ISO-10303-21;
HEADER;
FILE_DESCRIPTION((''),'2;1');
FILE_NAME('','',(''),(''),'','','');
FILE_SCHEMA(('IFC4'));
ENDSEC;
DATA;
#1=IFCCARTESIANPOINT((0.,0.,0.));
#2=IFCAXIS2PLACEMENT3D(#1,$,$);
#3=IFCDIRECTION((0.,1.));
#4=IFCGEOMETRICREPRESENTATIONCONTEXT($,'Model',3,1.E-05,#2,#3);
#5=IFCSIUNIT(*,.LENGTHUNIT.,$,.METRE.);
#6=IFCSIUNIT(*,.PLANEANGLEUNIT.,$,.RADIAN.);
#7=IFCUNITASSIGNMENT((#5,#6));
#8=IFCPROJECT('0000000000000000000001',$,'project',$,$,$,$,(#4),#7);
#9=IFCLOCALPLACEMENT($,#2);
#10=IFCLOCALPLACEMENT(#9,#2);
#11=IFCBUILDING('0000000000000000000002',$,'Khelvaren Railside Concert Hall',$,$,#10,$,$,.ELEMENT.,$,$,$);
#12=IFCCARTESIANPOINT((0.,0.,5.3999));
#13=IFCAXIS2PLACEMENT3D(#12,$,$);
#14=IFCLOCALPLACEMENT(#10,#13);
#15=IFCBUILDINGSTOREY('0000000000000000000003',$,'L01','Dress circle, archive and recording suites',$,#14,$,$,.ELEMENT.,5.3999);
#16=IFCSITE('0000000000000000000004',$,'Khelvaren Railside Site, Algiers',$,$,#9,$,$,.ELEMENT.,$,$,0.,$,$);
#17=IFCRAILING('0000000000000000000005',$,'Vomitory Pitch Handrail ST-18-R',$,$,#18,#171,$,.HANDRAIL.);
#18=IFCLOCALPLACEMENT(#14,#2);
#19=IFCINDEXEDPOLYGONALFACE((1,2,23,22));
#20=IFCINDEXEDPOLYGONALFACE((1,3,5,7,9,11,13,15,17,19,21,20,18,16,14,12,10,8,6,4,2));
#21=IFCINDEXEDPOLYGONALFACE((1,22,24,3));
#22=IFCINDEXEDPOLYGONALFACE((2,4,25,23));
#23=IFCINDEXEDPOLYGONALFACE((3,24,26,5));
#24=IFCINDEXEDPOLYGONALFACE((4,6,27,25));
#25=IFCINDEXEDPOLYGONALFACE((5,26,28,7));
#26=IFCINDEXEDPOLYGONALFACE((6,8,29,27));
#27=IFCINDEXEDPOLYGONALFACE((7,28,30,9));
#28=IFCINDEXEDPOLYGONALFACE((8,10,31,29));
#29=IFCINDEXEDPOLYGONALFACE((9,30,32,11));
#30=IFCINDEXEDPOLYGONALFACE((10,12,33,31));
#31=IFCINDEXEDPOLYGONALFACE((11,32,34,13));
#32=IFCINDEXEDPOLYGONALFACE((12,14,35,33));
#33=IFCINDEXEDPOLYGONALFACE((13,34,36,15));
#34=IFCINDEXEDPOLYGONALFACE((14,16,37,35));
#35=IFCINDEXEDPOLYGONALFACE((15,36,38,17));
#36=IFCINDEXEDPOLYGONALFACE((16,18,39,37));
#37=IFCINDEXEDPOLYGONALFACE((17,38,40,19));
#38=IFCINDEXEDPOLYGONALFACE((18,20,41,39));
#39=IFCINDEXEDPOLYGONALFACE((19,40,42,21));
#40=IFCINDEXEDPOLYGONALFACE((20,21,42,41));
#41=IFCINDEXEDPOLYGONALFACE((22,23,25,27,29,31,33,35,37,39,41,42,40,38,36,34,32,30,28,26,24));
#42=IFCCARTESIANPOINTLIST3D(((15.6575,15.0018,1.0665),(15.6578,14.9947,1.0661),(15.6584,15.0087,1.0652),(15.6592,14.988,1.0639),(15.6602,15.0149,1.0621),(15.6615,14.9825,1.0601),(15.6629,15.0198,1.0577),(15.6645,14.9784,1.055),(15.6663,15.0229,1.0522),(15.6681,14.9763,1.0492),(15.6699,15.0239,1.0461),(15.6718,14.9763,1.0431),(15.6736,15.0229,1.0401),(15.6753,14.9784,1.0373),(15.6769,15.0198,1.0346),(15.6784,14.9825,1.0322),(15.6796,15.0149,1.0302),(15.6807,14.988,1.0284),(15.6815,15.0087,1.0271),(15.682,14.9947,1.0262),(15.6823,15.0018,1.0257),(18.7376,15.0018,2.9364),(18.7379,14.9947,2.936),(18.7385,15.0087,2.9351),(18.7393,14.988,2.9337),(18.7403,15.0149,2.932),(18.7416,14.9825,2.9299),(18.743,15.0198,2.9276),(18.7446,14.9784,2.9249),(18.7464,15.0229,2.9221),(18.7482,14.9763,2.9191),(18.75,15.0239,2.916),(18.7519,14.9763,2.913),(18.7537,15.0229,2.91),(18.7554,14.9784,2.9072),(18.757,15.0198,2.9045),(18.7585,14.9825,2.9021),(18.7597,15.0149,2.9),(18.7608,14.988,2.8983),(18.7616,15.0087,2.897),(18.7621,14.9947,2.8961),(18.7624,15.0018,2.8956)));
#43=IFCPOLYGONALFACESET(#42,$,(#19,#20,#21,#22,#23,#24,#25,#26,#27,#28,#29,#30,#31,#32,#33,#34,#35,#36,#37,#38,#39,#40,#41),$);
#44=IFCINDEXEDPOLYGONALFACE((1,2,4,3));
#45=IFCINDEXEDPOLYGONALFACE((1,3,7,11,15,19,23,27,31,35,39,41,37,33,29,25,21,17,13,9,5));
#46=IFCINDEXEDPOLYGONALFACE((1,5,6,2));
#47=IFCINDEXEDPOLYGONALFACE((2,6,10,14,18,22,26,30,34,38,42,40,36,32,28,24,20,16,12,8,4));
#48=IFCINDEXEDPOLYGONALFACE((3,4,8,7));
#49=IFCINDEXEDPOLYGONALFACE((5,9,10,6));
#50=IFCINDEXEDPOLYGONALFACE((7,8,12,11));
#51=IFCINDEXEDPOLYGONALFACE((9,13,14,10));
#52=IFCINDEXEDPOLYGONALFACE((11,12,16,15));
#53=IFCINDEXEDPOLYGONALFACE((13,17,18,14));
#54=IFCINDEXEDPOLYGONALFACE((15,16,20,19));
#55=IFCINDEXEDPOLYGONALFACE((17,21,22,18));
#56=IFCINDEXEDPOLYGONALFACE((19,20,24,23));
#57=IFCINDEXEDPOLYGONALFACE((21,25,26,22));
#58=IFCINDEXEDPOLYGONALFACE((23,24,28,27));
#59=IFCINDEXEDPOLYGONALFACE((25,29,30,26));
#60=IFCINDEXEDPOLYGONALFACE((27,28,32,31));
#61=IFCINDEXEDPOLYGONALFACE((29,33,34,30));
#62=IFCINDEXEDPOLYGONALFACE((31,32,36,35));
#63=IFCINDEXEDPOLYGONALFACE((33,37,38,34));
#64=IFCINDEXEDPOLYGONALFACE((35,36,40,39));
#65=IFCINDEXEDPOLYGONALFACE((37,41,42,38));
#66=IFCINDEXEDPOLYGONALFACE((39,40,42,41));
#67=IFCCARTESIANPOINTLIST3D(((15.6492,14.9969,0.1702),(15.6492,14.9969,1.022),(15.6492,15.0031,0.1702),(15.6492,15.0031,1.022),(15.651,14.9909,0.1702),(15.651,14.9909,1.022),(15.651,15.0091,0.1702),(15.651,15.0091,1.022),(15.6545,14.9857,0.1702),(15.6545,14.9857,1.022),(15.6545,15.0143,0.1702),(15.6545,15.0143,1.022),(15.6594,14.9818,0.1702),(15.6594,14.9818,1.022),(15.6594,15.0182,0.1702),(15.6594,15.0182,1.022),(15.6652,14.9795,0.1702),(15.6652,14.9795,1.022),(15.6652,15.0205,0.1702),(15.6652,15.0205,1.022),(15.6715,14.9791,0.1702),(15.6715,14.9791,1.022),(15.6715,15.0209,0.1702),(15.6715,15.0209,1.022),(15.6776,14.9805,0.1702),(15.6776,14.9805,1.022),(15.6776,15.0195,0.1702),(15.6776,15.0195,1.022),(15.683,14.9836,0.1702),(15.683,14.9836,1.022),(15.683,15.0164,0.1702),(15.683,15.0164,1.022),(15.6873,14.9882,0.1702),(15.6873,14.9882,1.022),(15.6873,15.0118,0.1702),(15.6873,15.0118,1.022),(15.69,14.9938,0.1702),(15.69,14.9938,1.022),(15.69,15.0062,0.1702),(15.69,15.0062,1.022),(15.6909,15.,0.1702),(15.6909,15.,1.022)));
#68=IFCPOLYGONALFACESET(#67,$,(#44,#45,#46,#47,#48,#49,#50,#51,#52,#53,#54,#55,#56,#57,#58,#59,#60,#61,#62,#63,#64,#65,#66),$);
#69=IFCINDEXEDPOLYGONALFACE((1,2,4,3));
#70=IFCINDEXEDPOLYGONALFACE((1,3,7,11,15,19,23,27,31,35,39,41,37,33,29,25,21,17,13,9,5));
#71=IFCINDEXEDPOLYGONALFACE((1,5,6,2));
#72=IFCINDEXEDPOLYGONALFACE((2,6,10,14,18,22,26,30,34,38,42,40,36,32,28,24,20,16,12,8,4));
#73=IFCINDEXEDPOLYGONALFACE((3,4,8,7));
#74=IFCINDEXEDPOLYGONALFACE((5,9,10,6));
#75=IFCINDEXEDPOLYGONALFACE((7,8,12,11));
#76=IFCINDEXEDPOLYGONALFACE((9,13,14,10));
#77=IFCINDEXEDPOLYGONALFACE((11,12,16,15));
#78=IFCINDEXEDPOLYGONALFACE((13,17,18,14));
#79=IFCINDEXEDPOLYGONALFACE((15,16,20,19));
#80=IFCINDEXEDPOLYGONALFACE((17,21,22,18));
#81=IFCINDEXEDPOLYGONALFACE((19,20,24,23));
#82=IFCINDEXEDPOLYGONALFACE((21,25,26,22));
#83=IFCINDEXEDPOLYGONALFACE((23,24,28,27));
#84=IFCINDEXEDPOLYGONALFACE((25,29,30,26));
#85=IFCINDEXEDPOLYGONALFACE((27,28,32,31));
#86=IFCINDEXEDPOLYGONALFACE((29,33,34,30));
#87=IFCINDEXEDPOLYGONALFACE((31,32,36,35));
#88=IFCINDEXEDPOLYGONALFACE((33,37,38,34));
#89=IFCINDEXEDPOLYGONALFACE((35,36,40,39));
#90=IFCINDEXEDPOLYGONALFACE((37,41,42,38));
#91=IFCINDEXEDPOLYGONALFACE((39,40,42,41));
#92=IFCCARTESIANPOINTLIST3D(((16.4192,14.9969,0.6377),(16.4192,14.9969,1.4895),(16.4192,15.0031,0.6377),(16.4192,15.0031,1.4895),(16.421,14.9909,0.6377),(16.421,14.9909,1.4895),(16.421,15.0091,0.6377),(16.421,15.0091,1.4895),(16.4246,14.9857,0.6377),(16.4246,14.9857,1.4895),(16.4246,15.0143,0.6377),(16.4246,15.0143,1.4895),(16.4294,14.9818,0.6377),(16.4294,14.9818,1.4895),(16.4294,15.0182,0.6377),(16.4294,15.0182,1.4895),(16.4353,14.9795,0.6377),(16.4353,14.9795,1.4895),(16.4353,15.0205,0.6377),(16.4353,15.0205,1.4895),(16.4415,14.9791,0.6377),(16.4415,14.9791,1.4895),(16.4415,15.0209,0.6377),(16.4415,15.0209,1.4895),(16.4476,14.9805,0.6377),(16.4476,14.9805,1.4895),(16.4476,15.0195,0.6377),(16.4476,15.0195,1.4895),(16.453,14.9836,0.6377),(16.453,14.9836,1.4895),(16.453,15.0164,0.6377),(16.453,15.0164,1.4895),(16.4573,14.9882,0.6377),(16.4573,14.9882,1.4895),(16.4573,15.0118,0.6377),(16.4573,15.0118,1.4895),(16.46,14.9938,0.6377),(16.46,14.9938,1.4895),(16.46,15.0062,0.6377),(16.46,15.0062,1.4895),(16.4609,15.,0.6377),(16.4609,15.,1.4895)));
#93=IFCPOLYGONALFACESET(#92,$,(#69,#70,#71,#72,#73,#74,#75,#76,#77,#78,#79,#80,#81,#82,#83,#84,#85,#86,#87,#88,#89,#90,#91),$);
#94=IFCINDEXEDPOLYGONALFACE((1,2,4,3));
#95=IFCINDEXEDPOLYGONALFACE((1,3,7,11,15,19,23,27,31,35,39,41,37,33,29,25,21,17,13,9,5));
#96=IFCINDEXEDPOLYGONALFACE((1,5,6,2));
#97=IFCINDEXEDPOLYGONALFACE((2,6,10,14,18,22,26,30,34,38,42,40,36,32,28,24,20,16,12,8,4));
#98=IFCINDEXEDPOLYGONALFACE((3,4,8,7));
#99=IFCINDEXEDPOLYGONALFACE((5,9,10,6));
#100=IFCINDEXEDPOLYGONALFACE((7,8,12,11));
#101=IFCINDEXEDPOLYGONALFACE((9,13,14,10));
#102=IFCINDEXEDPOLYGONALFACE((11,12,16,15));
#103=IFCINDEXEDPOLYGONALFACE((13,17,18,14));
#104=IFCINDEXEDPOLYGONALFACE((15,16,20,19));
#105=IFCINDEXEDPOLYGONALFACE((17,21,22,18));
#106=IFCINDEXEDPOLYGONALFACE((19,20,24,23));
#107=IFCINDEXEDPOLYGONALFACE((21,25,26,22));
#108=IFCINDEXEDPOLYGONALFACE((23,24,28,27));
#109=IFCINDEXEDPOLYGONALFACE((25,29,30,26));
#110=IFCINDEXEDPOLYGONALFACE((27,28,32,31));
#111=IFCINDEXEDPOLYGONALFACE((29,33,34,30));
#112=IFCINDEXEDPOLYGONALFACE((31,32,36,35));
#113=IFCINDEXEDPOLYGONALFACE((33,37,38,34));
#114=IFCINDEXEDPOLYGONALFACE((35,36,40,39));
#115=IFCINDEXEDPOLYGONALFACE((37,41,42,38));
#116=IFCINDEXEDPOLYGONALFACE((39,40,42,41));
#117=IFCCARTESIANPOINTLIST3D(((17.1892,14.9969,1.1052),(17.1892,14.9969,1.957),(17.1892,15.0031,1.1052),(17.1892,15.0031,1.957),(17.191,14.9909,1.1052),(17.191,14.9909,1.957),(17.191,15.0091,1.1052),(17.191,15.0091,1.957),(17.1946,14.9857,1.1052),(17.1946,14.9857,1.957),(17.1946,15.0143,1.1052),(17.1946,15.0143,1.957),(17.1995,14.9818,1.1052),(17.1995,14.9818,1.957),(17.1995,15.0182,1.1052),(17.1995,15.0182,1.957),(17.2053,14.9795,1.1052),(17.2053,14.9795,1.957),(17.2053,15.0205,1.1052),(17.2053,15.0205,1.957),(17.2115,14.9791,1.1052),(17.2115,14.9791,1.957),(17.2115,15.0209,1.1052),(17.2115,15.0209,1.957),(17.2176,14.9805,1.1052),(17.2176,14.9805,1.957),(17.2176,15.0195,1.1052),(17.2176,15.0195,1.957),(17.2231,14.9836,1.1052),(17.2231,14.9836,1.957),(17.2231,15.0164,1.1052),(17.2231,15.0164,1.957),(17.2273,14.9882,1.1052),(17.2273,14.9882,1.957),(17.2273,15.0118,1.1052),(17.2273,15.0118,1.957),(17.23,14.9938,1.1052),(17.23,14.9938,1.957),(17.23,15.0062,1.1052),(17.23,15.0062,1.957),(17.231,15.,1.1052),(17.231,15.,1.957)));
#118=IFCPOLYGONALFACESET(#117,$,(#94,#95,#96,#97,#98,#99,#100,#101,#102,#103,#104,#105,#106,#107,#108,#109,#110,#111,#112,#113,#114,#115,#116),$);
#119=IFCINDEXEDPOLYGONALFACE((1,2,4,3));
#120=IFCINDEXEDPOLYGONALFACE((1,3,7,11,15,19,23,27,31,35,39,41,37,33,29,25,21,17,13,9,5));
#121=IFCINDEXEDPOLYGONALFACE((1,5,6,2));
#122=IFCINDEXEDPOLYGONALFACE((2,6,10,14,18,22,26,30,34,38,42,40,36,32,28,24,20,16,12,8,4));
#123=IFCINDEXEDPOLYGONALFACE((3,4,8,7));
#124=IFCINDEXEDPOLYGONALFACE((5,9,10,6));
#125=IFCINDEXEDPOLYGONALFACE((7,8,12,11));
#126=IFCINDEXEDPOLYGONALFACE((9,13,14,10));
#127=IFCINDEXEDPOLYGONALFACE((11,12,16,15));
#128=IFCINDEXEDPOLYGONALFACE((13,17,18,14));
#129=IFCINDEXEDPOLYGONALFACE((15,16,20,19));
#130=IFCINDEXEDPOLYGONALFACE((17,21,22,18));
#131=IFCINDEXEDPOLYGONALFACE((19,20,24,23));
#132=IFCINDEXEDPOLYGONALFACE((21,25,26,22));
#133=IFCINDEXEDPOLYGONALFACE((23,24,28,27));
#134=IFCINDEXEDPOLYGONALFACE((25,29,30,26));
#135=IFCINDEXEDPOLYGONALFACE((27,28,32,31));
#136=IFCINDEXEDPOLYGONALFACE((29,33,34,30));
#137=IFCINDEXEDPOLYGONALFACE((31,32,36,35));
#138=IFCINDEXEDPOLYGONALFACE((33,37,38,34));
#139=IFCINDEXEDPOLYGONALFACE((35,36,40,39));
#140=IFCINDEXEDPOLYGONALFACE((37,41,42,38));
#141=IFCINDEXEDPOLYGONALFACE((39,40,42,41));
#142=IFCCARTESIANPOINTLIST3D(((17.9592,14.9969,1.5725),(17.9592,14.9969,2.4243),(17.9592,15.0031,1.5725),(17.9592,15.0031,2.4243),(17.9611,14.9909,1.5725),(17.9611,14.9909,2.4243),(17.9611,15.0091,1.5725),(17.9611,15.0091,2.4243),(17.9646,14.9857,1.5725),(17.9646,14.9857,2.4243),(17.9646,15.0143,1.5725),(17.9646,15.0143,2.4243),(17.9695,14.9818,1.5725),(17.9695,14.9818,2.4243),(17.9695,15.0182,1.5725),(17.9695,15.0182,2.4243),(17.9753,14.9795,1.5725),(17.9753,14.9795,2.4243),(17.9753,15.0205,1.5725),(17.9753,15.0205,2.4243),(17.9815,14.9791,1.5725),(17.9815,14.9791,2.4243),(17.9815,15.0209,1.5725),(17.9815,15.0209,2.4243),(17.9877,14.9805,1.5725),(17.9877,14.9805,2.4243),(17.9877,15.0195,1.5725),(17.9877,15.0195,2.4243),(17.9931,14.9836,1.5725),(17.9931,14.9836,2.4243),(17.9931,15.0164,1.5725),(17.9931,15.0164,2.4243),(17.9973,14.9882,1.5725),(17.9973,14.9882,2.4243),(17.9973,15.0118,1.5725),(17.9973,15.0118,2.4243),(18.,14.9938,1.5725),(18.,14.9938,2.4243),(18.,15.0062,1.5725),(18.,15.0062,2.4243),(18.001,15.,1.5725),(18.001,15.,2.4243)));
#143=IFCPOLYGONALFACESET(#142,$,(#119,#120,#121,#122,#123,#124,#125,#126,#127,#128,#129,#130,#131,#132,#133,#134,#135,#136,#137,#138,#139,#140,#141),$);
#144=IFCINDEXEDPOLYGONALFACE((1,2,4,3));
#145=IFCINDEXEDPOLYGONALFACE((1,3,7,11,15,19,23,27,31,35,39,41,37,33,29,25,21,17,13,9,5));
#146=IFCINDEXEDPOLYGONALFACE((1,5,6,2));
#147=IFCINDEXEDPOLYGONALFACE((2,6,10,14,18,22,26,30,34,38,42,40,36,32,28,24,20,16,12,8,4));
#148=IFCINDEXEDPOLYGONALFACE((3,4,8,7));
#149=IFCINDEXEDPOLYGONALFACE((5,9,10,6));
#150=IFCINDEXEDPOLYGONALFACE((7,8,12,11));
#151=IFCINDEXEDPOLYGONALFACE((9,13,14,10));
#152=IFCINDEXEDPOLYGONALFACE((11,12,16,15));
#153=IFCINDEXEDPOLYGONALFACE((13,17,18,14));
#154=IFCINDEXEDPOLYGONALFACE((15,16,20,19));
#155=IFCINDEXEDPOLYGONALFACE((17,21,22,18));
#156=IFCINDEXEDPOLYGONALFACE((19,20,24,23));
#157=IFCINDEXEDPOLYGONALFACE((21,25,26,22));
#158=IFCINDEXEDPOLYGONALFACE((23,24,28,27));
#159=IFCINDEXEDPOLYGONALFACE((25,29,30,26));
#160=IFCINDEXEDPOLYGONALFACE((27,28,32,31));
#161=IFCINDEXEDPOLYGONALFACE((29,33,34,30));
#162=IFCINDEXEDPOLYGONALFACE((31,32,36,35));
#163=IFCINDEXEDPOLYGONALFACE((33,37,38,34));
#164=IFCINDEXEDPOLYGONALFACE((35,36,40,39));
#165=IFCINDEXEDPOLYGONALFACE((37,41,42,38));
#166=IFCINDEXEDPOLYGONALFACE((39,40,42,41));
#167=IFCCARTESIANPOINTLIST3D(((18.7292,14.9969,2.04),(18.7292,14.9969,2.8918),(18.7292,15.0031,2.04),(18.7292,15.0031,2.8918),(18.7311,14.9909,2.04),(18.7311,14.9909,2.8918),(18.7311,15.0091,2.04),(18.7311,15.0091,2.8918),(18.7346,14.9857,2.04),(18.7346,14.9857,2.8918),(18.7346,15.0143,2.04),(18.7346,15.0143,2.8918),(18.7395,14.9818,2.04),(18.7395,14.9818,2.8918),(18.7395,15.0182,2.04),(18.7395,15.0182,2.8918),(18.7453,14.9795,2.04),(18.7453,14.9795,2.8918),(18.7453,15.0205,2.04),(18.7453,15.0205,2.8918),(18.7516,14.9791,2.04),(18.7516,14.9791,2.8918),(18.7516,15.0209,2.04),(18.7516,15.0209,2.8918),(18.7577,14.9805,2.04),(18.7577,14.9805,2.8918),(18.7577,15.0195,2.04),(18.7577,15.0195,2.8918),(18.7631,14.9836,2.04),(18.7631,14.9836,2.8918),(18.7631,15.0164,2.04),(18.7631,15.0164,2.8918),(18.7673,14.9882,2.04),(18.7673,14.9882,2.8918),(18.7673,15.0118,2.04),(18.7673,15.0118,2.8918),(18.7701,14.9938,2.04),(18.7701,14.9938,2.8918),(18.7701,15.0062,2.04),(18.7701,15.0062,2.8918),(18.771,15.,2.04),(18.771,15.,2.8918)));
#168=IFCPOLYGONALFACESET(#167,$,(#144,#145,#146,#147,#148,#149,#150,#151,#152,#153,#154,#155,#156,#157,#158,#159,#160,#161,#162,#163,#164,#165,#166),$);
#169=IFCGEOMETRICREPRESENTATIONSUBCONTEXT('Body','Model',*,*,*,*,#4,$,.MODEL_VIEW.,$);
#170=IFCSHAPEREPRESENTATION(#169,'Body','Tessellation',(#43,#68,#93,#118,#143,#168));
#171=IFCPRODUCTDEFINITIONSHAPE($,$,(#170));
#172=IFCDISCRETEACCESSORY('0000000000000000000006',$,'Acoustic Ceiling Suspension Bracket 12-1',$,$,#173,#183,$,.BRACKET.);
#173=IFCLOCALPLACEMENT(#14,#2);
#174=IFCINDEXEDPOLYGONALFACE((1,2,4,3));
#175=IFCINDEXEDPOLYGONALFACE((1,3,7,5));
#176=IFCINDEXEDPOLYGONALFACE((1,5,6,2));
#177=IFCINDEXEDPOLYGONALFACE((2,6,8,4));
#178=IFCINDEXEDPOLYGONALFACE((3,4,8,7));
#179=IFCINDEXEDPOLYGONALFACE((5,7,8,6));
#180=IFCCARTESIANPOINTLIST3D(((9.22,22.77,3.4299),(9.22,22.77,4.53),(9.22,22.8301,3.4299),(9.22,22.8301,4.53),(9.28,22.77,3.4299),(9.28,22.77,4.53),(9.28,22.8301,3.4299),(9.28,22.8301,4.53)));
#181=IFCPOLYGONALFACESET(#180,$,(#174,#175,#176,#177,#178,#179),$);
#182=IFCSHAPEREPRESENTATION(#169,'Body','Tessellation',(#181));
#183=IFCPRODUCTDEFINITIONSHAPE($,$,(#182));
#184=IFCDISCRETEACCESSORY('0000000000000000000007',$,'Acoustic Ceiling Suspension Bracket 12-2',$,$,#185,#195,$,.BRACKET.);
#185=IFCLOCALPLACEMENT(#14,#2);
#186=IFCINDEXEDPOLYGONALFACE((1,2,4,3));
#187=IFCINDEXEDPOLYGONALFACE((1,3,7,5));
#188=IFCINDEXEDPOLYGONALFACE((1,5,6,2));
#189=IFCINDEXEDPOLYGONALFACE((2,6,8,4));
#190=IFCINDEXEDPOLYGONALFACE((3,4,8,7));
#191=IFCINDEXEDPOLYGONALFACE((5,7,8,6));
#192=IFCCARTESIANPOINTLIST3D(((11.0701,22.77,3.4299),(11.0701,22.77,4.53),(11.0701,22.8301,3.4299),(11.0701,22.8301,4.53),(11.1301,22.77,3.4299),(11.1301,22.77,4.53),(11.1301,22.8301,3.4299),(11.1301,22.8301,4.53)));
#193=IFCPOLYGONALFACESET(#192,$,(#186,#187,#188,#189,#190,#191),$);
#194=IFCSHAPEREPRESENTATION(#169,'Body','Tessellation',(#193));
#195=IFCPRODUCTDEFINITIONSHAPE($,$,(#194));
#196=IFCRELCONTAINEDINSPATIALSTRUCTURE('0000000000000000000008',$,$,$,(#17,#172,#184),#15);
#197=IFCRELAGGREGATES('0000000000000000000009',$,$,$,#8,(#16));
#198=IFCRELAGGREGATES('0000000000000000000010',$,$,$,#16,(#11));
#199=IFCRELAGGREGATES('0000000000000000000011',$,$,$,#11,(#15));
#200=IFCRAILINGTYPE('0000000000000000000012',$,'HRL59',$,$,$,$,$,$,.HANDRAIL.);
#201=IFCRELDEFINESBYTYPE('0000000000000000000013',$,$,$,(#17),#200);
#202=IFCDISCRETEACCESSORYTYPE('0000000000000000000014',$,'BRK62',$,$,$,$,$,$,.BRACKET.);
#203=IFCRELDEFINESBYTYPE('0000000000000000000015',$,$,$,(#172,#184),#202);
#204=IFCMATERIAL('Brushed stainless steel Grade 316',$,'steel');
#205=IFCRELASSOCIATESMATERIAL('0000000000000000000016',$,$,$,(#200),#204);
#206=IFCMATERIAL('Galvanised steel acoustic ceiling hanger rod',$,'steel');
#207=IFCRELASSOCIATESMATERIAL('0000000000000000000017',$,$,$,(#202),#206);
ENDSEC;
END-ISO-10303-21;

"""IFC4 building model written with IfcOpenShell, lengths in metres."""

from ifc_helpers import new_model, si_unit, direction, frame, origin, origin_2d, place, context, subcontext, project, spatial, rectangle, circle, extrude, material, type_object, element, save


model = new_model("IFC4")

# Units and contexts
model_context = context("Model", 3, precision=1e-05, world=origin(), true_north=direction((0.0, 1.0)))
body_context = subcontext(model_context, "Body", "Model", "MODEL_VIEW")
ifc_project = project(units=[si_unit("LENGTHUNIT", "METRE"), si_unit("PLANEANGLEUNIT", "RADIAN")], contexts=[model_context])

# Site, building, storey
site_placement = place(None, origin())
site = spatial("IfcSite", under=ifc_project, at=site_placement, Name="Khelvaren Railside Site, Algiers", CompositionType="ELEMENT", RefElevation=0.0)
building_placement = place(site_placement, origin())
building = spatial("IfcBuilding", under=site, at=building_placement, Name="Khelvaren Railside Concert Hall", CompositionType="ELEMENT")
storey_placement = place(building_placement, frame((0.0, 0.0, 5.3999)))
storey = spatial("IfcBuildingStorey", under=building, at=storey_placement, Name="L01", Description="Dress circle, archive and recording suites", CompositionType="ELEMENT", Elevation=5.3999)

# Railing
ifc_material_1 = material(Name="Brushed stainless steel Grade 316", Category="steel")
railing_type_1 = type_object("IfcRailingType", Name="HRL59", PredefinedType="HANDRAIL", material=ifc_material_1)
for number, where, name in (
    (1, (15.6699, 15.0, 0.1702), "Vomitory Pitch Handrail ST-18-R"),
):
    element("IfcRailing", number, at=place(storey_placement, frame(where)), inside=storey, type_object=railing_type_1, Name=name, PredefinedType="HANDRAIL", context=body_context, shape_type="SweptSolid", body=[
        extrude(circle(Radius=0.0239, at=origin_2d()), frame((0.0, 0.0, 0.876), z_axis=(0.854809, 0.0, 0.518943), x_axis=(0.0, 1.0, 0.0)), (0.0, 0.0, 1.0), 3.6033),
        extrude(circle(Radius=0.021, at=origin_2d()), origin(), (0.0, 0.0, 1.0), 0.8518),
        extrude(circle(Radius=0.021, at=origin_2d()), frame((0.77, 0.0, 0.4675)), (0.0, 0.0, 1.0), 0.8518),
        extrude(circle(Radius=0.021, at=origin_2d()), frame((1.54, 0.0, 0.9351)), (0.0, 0.0, 1.0), 0.8518),
        extrude(circle(Radius=0.021, at=origin_2d()), frame((2.3101, 0.0, 1.4023)), (0.0, 0.0, 1.0), 0.8518),
        extrude(circle(Radius=0.021, at=origin_2d()), frame((3.0801, 0.0, 1.8699)), (0.0, 0.0, 1.0), 0.8518),
    ])

# Discrete accessories
ifc_material_2 = material(Name="Galvanised steel acoustic ceiling hanger rod", Category="steel")
discrete_accessory_type = type_object("IfcDiscreteAccessoryType", Name="BRK62", PredefinedType="BRACKET", material=ifc_material_2)
for number, where, z_axis, x_axis, name in (
    (2, (9.25, 22.8, 3.4299), (0.0, 0.0, 1.0), (1.0, 0.0, 0.0), "Acoustic Ceiling Suspension Bracket 12-1"),
    (3, (11.1001, 22.8, 3.4299), (0.0, 0.0, 1.0), (1.0, 0.0, 0.0), "Acoustic Ceiling Suspension Bracket 12-2"),
):
    element("IfcDiscreteAccessory", number, at=place(storey_placement, frame(where, z_axis=z_axis, x_axis=x_axis)), inside=storey, type_object=discrete_accessory_type, Name=name, PredefinedType="BRACKET", context=body_context, shape_type="SweptSolid", body=[
        extrude(rectangle(XDim=0.0601, YDim=0.0601, at=origin_2d()), origin(), (0.0, 0.0, 1.0), 1.1001),
    ])

save(model, "model.ifc")
